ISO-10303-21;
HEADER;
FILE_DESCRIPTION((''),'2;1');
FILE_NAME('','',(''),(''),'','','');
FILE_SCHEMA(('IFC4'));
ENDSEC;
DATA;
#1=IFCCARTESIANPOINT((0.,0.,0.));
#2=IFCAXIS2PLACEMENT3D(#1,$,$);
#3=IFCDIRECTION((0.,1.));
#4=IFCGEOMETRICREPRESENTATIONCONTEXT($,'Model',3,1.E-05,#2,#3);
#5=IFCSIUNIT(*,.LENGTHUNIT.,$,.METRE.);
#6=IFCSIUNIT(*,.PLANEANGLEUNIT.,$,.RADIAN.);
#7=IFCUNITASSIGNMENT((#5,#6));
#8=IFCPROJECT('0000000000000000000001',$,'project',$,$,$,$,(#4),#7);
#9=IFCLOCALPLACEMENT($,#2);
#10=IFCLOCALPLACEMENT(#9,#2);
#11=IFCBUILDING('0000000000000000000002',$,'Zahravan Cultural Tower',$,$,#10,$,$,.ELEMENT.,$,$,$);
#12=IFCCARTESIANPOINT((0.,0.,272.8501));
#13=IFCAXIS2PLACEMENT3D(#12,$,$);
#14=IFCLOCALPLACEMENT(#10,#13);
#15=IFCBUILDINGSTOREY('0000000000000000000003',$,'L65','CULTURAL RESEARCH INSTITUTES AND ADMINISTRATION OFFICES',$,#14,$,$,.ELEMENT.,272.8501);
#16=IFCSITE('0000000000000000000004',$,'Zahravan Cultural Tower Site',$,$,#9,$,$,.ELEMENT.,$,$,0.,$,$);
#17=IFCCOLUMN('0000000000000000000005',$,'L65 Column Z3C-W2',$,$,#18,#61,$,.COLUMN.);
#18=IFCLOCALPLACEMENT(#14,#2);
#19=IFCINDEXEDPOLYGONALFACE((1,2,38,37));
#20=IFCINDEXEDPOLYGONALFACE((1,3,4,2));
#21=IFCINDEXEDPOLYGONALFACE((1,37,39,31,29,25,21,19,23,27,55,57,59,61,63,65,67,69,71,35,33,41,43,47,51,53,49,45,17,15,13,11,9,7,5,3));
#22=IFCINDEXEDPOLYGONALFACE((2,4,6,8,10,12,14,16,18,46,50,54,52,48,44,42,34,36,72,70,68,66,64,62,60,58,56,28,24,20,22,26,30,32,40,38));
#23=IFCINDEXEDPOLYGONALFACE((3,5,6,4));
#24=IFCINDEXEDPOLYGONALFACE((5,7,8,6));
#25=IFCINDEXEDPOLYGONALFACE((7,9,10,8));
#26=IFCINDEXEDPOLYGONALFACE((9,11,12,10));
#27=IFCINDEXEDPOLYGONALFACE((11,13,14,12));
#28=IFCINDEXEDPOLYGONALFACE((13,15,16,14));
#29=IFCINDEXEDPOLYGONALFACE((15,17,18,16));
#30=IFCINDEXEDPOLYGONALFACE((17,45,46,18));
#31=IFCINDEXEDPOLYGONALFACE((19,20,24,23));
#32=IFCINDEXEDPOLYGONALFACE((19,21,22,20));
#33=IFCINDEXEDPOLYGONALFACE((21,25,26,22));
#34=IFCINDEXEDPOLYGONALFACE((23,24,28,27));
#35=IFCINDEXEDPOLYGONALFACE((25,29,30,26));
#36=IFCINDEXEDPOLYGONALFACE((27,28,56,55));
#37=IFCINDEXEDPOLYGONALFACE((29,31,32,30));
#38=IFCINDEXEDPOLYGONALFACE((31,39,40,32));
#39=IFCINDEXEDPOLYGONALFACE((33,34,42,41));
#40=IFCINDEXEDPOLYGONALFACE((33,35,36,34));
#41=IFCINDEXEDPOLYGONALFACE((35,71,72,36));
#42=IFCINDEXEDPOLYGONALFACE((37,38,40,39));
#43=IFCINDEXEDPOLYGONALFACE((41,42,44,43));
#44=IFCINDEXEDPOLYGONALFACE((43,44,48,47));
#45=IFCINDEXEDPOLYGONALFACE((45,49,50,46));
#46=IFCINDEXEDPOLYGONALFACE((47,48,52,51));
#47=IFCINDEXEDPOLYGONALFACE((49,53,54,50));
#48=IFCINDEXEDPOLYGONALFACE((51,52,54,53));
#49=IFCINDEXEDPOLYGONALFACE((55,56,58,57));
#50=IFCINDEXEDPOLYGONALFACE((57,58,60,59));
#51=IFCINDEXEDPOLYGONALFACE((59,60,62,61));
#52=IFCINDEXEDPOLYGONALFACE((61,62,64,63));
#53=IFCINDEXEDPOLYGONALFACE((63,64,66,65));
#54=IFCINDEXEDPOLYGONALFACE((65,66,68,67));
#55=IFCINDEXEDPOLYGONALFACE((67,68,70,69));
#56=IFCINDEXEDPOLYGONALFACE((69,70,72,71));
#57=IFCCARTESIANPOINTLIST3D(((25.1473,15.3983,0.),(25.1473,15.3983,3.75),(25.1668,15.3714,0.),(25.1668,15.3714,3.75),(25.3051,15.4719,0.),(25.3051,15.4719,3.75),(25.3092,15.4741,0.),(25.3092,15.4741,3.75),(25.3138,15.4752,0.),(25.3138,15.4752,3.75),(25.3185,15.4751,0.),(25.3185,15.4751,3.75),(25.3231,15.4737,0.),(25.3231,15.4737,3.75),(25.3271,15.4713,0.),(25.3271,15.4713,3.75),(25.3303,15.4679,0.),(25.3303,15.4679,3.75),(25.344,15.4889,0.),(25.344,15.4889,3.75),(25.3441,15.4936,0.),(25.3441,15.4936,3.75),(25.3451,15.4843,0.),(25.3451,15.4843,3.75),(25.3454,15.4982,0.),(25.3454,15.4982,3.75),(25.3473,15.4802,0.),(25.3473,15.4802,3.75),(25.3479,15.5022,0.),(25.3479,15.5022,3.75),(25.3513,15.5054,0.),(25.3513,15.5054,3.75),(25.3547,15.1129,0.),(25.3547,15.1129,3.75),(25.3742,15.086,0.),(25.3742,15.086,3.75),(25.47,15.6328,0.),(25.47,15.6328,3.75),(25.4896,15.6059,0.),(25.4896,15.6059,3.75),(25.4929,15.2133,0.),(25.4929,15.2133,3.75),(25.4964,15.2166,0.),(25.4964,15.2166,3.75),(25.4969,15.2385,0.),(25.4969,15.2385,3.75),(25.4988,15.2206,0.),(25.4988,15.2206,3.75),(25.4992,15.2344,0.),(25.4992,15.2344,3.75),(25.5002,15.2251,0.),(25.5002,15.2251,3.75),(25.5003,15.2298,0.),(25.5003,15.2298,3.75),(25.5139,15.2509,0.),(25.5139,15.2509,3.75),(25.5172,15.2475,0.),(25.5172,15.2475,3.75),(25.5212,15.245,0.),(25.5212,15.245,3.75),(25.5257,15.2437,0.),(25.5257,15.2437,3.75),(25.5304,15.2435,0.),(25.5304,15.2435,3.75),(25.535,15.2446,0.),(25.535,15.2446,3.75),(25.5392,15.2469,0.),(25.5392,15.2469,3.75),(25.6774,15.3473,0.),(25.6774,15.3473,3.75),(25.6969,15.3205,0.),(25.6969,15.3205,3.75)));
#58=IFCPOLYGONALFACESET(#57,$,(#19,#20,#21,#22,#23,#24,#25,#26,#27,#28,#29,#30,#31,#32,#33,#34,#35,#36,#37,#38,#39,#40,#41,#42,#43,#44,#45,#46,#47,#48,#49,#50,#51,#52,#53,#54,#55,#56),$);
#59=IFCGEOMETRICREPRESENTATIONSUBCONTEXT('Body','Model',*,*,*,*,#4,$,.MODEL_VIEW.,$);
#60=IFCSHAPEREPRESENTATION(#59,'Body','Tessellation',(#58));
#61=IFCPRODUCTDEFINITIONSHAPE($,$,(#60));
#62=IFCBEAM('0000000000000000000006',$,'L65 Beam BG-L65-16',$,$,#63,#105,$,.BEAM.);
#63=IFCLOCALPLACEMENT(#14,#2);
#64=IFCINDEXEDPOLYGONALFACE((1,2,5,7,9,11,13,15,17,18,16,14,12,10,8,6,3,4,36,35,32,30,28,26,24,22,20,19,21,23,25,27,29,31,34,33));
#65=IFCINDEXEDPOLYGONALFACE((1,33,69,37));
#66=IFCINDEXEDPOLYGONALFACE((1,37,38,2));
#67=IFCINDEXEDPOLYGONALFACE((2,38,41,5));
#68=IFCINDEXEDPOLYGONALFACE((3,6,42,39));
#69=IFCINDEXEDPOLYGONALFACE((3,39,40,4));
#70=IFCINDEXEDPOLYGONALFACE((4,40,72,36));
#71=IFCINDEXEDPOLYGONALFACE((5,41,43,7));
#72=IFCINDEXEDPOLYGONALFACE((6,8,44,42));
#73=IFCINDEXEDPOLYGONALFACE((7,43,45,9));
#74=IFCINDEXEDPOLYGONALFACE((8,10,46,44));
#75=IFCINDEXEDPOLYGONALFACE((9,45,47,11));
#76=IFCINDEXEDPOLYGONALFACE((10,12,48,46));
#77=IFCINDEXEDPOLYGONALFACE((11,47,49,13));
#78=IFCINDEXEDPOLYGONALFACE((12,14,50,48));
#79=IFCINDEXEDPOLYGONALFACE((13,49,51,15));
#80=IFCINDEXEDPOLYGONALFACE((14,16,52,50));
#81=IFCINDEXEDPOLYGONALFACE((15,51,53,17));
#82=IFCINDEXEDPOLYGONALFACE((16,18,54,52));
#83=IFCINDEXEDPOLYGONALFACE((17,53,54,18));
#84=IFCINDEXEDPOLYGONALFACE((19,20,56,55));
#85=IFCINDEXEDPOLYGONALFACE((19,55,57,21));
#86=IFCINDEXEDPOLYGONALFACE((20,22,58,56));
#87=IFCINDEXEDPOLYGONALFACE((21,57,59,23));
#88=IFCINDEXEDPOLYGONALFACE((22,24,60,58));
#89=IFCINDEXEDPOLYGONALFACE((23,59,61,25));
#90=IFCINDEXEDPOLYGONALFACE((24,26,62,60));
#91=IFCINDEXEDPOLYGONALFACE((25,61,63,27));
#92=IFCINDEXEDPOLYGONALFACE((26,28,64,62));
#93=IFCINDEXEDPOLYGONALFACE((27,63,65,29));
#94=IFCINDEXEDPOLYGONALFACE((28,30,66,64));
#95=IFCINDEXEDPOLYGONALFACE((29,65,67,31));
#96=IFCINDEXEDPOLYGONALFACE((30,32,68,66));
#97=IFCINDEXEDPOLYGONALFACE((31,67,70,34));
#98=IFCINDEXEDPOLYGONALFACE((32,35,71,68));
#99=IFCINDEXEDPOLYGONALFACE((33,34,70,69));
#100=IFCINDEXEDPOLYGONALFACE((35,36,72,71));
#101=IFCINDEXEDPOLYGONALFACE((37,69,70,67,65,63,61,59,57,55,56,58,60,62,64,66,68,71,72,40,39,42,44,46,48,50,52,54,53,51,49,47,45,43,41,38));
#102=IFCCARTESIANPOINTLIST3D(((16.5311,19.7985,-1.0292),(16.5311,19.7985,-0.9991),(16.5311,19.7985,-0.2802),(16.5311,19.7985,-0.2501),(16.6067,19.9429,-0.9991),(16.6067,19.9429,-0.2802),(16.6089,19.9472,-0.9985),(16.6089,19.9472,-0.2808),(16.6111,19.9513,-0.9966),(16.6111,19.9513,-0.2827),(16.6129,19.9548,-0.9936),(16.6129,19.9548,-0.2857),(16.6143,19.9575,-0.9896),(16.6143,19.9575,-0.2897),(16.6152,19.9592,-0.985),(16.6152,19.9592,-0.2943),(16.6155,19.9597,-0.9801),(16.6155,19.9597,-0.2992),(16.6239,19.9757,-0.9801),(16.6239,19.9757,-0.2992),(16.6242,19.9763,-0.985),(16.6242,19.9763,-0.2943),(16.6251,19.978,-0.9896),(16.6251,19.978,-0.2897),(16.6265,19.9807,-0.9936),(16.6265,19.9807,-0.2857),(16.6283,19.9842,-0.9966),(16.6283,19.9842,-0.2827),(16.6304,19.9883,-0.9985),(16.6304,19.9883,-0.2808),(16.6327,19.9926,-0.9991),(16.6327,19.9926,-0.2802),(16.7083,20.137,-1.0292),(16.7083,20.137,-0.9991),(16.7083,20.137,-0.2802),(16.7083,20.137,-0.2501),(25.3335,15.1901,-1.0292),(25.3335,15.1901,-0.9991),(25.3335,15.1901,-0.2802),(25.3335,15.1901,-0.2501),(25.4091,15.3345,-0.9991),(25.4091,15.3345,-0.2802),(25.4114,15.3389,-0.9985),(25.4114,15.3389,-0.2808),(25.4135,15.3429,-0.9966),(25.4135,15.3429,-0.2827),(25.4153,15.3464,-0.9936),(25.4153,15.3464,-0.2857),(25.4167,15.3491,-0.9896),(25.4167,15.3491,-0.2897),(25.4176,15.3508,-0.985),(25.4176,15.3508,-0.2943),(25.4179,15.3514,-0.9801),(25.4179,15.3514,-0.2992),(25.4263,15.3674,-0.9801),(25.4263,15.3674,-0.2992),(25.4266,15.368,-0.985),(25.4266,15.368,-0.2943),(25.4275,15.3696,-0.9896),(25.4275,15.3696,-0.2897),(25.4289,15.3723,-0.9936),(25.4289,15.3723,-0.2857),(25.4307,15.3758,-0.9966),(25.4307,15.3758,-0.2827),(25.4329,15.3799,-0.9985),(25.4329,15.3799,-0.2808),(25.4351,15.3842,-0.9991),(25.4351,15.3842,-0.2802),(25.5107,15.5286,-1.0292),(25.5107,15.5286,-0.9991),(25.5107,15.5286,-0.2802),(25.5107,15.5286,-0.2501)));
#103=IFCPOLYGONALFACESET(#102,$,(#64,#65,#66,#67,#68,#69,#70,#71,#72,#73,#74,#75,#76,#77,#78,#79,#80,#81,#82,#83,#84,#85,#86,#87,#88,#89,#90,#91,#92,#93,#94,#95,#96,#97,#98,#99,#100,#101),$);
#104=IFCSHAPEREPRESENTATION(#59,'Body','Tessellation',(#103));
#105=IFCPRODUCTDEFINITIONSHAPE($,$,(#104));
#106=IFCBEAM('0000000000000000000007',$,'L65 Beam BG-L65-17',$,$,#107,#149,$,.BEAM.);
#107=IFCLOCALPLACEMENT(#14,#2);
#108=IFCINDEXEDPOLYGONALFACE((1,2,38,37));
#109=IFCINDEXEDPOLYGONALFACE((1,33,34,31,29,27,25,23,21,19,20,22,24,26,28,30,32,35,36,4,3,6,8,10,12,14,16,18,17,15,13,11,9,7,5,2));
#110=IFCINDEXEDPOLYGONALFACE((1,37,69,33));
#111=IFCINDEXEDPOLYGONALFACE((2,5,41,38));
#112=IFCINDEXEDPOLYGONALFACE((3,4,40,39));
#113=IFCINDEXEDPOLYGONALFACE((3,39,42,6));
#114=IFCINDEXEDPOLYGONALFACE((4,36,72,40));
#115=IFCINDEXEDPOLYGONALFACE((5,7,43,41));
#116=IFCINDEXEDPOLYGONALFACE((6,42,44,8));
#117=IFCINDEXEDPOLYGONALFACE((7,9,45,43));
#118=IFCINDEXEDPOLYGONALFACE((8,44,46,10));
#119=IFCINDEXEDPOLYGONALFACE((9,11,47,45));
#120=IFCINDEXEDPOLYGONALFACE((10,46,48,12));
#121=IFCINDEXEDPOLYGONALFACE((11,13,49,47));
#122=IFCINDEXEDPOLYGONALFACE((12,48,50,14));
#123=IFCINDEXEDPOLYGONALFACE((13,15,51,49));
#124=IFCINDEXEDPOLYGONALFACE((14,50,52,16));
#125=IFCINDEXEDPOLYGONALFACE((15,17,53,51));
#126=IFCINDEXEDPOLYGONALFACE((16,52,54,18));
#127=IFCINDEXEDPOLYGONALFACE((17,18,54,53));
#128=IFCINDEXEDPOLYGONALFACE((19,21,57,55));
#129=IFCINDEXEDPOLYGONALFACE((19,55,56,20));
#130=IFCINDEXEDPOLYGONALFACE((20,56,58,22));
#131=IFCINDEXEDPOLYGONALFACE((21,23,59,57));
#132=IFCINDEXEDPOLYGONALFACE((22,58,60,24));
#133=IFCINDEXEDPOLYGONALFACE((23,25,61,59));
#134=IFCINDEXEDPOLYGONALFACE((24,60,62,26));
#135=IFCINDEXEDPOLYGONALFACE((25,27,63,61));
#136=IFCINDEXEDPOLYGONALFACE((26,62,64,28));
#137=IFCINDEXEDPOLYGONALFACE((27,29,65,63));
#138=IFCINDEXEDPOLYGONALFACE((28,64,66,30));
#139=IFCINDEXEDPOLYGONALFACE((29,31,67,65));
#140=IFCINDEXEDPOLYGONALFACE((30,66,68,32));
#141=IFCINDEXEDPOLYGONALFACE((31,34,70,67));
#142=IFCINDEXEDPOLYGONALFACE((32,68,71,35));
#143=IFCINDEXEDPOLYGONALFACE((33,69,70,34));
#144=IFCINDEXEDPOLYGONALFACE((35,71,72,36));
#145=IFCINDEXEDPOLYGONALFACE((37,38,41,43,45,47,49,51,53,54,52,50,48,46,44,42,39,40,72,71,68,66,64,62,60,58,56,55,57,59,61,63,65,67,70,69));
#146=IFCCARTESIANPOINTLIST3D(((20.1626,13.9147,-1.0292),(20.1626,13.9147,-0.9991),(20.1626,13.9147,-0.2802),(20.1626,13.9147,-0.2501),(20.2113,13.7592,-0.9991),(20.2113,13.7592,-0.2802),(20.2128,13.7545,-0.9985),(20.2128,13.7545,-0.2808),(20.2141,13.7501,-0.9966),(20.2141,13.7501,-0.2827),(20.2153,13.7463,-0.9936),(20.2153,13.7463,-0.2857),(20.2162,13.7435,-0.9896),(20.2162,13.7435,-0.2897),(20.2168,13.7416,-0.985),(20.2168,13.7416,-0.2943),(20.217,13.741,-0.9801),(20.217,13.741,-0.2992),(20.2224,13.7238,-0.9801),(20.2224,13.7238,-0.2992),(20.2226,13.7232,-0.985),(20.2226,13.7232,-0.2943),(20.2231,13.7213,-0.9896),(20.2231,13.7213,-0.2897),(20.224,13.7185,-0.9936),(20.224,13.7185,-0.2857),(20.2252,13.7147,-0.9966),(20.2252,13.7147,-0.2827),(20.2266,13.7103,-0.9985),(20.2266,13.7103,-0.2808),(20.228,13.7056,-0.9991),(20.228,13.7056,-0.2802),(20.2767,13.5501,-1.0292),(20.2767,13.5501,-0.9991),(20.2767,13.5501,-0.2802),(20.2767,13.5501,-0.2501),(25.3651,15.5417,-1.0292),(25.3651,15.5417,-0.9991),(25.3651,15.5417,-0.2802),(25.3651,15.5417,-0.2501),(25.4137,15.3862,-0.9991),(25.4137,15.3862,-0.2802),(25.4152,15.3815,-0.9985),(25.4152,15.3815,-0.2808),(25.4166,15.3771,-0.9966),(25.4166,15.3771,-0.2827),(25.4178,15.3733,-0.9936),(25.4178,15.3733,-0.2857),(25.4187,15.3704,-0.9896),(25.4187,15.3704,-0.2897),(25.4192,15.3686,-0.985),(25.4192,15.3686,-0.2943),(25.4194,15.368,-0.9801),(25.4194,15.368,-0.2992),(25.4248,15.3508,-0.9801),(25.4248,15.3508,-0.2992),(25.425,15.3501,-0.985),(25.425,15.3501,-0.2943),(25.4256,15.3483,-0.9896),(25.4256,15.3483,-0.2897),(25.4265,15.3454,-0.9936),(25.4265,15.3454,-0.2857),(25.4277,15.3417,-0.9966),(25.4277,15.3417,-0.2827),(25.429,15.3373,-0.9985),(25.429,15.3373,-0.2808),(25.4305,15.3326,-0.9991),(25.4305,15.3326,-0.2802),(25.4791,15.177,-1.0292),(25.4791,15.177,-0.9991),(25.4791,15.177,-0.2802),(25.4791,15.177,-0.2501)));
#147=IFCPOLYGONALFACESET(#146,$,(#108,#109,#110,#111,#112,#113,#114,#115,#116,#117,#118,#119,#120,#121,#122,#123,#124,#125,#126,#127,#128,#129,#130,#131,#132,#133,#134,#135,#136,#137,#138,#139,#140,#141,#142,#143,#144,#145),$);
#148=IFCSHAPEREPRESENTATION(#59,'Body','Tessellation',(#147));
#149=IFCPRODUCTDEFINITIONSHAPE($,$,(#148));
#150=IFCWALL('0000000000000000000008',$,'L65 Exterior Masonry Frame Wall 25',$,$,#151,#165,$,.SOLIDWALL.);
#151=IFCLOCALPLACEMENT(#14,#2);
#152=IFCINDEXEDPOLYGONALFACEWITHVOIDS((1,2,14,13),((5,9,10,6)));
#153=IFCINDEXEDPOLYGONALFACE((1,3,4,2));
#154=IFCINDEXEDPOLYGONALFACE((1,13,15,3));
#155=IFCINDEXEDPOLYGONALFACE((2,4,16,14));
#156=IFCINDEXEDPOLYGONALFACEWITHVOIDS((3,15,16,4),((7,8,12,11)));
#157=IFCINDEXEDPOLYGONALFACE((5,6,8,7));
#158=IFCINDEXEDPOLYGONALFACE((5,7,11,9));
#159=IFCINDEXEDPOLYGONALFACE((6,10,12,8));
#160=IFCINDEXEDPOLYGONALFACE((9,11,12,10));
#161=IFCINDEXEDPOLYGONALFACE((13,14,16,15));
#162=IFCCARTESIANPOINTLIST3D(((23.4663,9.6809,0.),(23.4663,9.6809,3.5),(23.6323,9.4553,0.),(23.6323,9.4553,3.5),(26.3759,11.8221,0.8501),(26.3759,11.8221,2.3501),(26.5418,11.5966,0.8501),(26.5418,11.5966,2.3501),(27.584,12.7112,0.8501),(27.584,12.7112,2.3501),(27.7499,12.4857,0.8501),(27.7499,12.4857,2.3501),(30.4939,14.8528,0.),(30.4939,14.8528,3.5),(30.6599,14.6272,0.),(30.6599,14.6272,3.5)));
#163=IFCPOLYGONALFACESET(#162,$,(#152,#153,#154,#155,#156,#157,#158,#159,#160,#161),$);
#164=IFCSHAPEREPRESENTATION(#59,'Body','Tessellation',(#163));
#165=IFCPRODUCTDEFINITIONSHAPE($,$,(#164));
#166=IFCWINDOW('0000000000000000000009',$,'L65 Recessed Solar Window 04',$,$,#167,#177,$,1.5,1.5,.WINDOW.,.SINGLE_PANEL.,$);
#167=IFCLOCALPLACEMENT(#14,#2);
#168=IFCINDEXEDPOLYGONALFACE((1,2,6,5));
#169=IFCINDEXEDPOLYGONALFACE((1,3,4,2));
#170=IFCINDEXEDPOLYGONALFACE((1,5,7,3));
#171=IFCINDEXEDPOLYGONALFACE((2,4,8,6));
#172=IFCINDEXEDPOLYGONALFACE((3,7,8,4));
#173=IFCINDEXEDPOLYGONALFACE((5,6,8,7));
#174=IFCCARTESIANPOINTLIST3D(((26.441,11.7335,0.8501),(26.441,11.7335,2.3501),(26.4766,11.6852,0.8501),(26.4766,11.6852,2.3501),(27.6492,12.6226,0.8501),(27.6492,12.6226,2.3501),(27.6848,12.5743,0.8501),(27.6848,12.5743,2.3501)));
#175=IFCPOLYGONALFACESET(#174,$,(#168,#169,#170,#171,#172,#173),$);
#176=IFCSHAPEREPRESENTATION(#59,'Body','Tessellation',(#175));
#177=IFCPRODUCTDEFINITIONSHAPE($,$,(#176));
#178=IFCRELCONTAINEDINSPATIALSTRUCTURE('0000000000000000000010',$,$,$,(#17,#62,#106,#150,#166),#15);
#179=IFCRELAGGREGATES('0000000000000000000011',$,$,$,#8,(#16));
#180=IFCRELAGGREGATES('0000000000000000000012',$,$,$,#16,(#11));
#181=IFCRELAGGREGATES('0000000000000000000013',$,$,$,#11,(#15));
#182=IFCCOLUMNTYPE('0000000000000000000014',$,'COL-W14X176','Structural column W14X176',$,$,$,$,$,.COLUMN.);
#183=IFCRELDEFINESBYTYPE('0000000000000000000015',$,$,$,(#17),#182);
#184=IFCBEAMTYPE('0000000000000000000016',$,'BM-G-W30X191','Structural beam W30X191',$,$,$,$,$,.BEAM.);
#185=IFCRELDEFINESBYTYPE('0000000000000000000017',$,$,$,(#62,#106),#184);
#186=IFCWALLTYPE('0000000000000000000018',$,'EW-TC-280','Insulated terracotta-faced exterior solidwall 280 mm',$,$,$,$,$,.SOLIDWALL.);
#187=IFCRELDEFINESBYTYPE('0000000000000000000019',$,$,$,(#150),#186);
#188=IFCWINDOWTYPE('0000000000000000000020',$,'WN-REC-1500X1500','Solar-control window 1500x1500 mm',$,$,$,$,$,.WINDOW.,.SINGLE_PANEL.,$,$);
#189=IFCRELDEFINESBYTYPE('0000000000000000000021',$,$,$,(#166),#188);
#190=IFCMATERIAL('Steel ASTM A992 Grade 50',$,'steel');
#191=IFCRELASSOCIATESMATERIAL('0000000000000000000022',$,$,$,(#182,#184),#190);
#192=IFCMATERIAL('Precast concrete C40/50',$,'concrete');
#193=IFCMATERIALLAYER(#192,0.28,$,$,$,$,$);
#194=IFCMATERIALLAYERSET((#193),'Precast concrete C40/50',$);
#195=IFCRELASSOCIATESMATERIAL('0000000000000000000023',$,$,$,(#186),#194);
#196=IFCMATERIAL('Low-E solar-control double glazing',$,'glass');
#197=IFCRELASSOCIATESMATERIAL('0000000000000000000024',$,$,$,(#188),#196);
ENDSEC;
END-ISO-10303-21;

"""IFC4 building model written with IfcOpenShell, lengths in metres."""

from ifc_helpers import new_model, si_unit, direction, frame, frame_2d, origin, origin_2d, place, context, subcontext, project, spatial, rectangle, i_section, extrude, source, transform, mapped, material, layer, layer_set, material_profile, profile_set, type_object, element, fill, save


model = new_model("IFC4")

# Units and contexts
model_context = context("Model", 3, precision=1e-05, world=origin(), true_north=direction((0.0, 1.0)))
body_context = subcontext(model_context, "Body", "Model", "MODEL_VIEW")
ifc_project = project(units=[si_unit("LENGTHUNIT", "METRE"), si_unit("PLANEANGLEUNIT", "RADIAN")], contexts=[model_context])

# Site, building, storey
site_placement = place(None, origin())
site = spatial("IfcSite", under=ifc_project, at=site_placement, Name="Zahravan Cultural Tower Site", CompositionType="ELEMENT", RefElevation=0.0)
building_placement = place(site_placement, origin())
building = spatial("IfcBuilding", under=site, at=building_placement, Name="Zahravan Cultural Tower", CompositionType="ELEMENT")
storey_placement = place(building_placement, frame((0.0, 0.0, 272.8501)))
storey = spatial("IfcBuildingStorey", under=building, at=storey_placement, Name="L65", Description="CULTURAL RESEARCH INSTITUTES AND ADMINISTRATION OFFICES", CompositionType="ELEMENT", Elevation=272.8501)

# Column
ifc_material_1 = material(Name="Steel ASTM A992 Grade 50", Category="steel")
ifc_material_profile_1 = material_profile(ifc_material_1, i_section(OverallWidth=0.3989, OverallDepth=0.386, WebThickness=0.021, FlangeThickness=0.0332, FilletRadius=0.0181, at=origin_2d()), Name="W14X176")
ifc_profile_set_1 = profile_set([ifc_material_profile_1], Name="Steel ASTM A992 Grade 50")
column_type = type_object("IfcColumnType", Name="COL-W14X176", Description="Structural column W14X176", PredefinedType="COLUMN", material=ifc_profile_set_1)
shared_shape_1 = source(origin(), body_context, "Body", "SweptSolid", [
    extrude(i_section(OverallWidth=0.3989, OverallDepth=0.386, WebThickness=0.021, FlangeThickness=0.0332, FilletRadius=0.0181, at=origin_2d()), origin(), (0.0, 0.0, 1.0), 3.75),
])
column_placement = place(storey_placement, frame((25.4221, 15.3594, 0.0), z_axis=(0.0, 0.0, 1.0), x_axis=(0.809017, 0.587785, 0.0)))
element("IfcColumn", 1, at=column_placement, inside=storey, type_object=column_type, Name="L65 Column Z3C-W2", PredefinedType="COLUMN", context=body_context, shape_type="MappedRepresentation", body=[
    mapped(shared_shape_1, transform((0.0, 0.0, 0.0), x_axis=(1.0, 0.0, 0.0), y_axis=(0.0, 1.0, 0.0), z_axis=(0.0, 0.0, 1.0), scale=1.0)),
])

# Beams
ifc_material_profile_2 = material_profile(ifc_material_1, i_section(OverallWidth=0.3821, OverallDepth=0.7791, WebThickness=0.0181, FlangeThickness=0.03, FilletRadius=0.019, at=origin_2d()), Name="W30X191")
ifc_profile_set_2 = profile_set([ifc_material_profile_2], Name="Steel ASTM A992 Grade 50")
beam_type = type_object("IfcBeamType", Name="BM-G-W30X191", Description="Structural beam W30X191", PredefinedType="BEAM", material=ifc_profile_set_2)
shared_shape_2 = source(origin(), body_context, "Body", "SweptSolid", [
    extrude(i_section(OverallWidth=0.3821, OverallDepth=0.7791, WebThickness=0.0181, FlangeThickness=0.03, FilletRadius=0.019, at=origin_2d()), origin(), (0.0, 0.0, 1.0), 9.9358),
])
beam_1_placement = place(storey_placement, frame((25.4221, 15.3594, -0.6396), z_axis=(-0.885932, 0.463815, 0.0), x_axis=(-0.463815, -0.885932, 0.0)))
element("IfcBeam", 2, at=beam_1_placement, inside=storey, type_object=beam_type, Name="L65 Beam BG-L65-16", PredefinedType="BEAM", context=body_context, shape_type="MappedRepresentation", body=[
    mapped(shared_shape_2, transform((0.0, 0.0, 0.0), x_axis=(1.0, 0.0, 0.0), y_axis=(0.0, 1.0, 0.0), z_axis=(0.0, 0.0, 1.0), scale=1.0)),
])
shared_shape_3 = source(origin(), body_context, "Body", "SweptSolid", [
    extrude(i_section(OverallWidth=0.3821, OverallDepth=0.7791, WebThickness=0.0181, FlangeThickness=0.03, FilletRadius=0.019, at=origin_2d()), origin(), (0.0, 0.0, 1.0), 5.4509),
])
beam_2_placement = place(storey_placement, frame((25.4221, 15.3594, -0.6396), z_axis=(-0.954417, -0.298476, 0.0), x_axis=(0.298476, -0.954417, 0.0)))
element("IfcBeam", 3, at=beam_2_placement, inside=storey, type_object=beam_type, Name="L65 Beam BG-L65-17", PredefinedType="BEAM", context=body_context, shape_type="MappedRepresentation", body=[
    mapped(shared_shape_3, transform((0.0, 0.0, 0.0), x_axis=(1.0, 0.0, 0.0), y_axis=(0.0, 1.0, 0.0), z_axis=(0.0, 0.0, 1.0), scale=1.0)),
])

# Wall, opening, window
ifc_material_2 = material(Name="Precast concrete C40/50", Category="concrete")
ifc_layer_1 = layer(ifc_material_2, 0.28)
ifc_layer_set_1 = layer_set([ifc_layer_1], Name="Precast concrete C40/50")
wall_type_1 = type_object("IfcWallType", Name="EW-TC-280", Description="Insulated terracotta-faced exterior solidwall 280 mm", PredefinedType="SOLIDWALL", material=ifc_layer_set_1)
wall_1_placement = place(storey_placement, frame((30.5769, 14.74, 0.0), z_axis=(0.0, 0.0, 1.0), x_axis=(-0.805403, -0.592727, 0.0)))
wall_1 = element("IfcWall", 4, at=wall_1_placement, inside=storey, type_object=wall_type_1, Name="L65 Exterior Masonry Frame Wall 25", PredefinedType="SOLIDWALL", context=body_context, shape_type="SweptSolid", body=[
    extrude(rectangle(XDim=8.7256, YDim=0.28, at=frame_2d((4.3628, 0.0))), origin(), (0.0, 0.0, 1.0), 3.5),
])
opening_1_placement = place(wall_1_placement, frame((3.613, 0.0, 0.8501)))
opening_1 = element("IfcOpeningElement", 5, at=opening_1_placement, cuts=wall_1, PredefinedType="OPENING", context=body_context, shape_type="SweptSolid", body=[
    extrude(rectangle(XDim=1.5, YDim=1.5, at=frame_2d((0.75, 0.75))), frame((0.0, 0.1499, 0.0), z_axis=(0.0, -1.0, 0.0), x_axis=(1.0, 0.0, 0.0)), (0.0, 0.0, 1.0), 0.3),
])
ifc_material_3 = material(Name="Low-E solar-control double glazing", Category="glass")
window_type = type_object("IfcWindowType", Name="WN-REC-1500X1500", Description="Solar-control window 1500x1500 mm", PartitioningType="SINGLE_PANEL", PredefinedType="WINDOW", material=ifc_material_3)
shared_shape_4 = source(origin(), body_context, "Body", "SweptSolid", [
    extrude(rectangle(XDim=1.5, YDim=1.5, at=frame_2d((0.75, 0.75))), frame((0.0, 0.03, 0.0), z_axis=(0.0, -1.0, 0.0), x_axis=(1.0, 0.0, 0.0)), (0.0, 0.0, 1.0), 0.0601),
])
window_placement = place(opening_1_placement, origin())
window = element("IfcWindow", 6, at=window_placement, inside=storey, type_object=window_type, Name="L65 Recessed Solar Window 04", OverallHeight=1.5, OverallWidth=1.5, PartitioningType="SINGLE_PANEL", PredefinedType="WINDOW", context=body_context, shape_type="MappedRepresentation", body=[
    mapped(shared_shape_4, transform((0.0, 0.0, 0.0), x_axis=(1.0, 0.0, 0.0), y_axis=(0.0, 1.0, 0.0), z_axis=(0.0, 0.0, 1.0), scale=1.0)),
])
fill(opening_1, window)

save(model, "model.ifc")
